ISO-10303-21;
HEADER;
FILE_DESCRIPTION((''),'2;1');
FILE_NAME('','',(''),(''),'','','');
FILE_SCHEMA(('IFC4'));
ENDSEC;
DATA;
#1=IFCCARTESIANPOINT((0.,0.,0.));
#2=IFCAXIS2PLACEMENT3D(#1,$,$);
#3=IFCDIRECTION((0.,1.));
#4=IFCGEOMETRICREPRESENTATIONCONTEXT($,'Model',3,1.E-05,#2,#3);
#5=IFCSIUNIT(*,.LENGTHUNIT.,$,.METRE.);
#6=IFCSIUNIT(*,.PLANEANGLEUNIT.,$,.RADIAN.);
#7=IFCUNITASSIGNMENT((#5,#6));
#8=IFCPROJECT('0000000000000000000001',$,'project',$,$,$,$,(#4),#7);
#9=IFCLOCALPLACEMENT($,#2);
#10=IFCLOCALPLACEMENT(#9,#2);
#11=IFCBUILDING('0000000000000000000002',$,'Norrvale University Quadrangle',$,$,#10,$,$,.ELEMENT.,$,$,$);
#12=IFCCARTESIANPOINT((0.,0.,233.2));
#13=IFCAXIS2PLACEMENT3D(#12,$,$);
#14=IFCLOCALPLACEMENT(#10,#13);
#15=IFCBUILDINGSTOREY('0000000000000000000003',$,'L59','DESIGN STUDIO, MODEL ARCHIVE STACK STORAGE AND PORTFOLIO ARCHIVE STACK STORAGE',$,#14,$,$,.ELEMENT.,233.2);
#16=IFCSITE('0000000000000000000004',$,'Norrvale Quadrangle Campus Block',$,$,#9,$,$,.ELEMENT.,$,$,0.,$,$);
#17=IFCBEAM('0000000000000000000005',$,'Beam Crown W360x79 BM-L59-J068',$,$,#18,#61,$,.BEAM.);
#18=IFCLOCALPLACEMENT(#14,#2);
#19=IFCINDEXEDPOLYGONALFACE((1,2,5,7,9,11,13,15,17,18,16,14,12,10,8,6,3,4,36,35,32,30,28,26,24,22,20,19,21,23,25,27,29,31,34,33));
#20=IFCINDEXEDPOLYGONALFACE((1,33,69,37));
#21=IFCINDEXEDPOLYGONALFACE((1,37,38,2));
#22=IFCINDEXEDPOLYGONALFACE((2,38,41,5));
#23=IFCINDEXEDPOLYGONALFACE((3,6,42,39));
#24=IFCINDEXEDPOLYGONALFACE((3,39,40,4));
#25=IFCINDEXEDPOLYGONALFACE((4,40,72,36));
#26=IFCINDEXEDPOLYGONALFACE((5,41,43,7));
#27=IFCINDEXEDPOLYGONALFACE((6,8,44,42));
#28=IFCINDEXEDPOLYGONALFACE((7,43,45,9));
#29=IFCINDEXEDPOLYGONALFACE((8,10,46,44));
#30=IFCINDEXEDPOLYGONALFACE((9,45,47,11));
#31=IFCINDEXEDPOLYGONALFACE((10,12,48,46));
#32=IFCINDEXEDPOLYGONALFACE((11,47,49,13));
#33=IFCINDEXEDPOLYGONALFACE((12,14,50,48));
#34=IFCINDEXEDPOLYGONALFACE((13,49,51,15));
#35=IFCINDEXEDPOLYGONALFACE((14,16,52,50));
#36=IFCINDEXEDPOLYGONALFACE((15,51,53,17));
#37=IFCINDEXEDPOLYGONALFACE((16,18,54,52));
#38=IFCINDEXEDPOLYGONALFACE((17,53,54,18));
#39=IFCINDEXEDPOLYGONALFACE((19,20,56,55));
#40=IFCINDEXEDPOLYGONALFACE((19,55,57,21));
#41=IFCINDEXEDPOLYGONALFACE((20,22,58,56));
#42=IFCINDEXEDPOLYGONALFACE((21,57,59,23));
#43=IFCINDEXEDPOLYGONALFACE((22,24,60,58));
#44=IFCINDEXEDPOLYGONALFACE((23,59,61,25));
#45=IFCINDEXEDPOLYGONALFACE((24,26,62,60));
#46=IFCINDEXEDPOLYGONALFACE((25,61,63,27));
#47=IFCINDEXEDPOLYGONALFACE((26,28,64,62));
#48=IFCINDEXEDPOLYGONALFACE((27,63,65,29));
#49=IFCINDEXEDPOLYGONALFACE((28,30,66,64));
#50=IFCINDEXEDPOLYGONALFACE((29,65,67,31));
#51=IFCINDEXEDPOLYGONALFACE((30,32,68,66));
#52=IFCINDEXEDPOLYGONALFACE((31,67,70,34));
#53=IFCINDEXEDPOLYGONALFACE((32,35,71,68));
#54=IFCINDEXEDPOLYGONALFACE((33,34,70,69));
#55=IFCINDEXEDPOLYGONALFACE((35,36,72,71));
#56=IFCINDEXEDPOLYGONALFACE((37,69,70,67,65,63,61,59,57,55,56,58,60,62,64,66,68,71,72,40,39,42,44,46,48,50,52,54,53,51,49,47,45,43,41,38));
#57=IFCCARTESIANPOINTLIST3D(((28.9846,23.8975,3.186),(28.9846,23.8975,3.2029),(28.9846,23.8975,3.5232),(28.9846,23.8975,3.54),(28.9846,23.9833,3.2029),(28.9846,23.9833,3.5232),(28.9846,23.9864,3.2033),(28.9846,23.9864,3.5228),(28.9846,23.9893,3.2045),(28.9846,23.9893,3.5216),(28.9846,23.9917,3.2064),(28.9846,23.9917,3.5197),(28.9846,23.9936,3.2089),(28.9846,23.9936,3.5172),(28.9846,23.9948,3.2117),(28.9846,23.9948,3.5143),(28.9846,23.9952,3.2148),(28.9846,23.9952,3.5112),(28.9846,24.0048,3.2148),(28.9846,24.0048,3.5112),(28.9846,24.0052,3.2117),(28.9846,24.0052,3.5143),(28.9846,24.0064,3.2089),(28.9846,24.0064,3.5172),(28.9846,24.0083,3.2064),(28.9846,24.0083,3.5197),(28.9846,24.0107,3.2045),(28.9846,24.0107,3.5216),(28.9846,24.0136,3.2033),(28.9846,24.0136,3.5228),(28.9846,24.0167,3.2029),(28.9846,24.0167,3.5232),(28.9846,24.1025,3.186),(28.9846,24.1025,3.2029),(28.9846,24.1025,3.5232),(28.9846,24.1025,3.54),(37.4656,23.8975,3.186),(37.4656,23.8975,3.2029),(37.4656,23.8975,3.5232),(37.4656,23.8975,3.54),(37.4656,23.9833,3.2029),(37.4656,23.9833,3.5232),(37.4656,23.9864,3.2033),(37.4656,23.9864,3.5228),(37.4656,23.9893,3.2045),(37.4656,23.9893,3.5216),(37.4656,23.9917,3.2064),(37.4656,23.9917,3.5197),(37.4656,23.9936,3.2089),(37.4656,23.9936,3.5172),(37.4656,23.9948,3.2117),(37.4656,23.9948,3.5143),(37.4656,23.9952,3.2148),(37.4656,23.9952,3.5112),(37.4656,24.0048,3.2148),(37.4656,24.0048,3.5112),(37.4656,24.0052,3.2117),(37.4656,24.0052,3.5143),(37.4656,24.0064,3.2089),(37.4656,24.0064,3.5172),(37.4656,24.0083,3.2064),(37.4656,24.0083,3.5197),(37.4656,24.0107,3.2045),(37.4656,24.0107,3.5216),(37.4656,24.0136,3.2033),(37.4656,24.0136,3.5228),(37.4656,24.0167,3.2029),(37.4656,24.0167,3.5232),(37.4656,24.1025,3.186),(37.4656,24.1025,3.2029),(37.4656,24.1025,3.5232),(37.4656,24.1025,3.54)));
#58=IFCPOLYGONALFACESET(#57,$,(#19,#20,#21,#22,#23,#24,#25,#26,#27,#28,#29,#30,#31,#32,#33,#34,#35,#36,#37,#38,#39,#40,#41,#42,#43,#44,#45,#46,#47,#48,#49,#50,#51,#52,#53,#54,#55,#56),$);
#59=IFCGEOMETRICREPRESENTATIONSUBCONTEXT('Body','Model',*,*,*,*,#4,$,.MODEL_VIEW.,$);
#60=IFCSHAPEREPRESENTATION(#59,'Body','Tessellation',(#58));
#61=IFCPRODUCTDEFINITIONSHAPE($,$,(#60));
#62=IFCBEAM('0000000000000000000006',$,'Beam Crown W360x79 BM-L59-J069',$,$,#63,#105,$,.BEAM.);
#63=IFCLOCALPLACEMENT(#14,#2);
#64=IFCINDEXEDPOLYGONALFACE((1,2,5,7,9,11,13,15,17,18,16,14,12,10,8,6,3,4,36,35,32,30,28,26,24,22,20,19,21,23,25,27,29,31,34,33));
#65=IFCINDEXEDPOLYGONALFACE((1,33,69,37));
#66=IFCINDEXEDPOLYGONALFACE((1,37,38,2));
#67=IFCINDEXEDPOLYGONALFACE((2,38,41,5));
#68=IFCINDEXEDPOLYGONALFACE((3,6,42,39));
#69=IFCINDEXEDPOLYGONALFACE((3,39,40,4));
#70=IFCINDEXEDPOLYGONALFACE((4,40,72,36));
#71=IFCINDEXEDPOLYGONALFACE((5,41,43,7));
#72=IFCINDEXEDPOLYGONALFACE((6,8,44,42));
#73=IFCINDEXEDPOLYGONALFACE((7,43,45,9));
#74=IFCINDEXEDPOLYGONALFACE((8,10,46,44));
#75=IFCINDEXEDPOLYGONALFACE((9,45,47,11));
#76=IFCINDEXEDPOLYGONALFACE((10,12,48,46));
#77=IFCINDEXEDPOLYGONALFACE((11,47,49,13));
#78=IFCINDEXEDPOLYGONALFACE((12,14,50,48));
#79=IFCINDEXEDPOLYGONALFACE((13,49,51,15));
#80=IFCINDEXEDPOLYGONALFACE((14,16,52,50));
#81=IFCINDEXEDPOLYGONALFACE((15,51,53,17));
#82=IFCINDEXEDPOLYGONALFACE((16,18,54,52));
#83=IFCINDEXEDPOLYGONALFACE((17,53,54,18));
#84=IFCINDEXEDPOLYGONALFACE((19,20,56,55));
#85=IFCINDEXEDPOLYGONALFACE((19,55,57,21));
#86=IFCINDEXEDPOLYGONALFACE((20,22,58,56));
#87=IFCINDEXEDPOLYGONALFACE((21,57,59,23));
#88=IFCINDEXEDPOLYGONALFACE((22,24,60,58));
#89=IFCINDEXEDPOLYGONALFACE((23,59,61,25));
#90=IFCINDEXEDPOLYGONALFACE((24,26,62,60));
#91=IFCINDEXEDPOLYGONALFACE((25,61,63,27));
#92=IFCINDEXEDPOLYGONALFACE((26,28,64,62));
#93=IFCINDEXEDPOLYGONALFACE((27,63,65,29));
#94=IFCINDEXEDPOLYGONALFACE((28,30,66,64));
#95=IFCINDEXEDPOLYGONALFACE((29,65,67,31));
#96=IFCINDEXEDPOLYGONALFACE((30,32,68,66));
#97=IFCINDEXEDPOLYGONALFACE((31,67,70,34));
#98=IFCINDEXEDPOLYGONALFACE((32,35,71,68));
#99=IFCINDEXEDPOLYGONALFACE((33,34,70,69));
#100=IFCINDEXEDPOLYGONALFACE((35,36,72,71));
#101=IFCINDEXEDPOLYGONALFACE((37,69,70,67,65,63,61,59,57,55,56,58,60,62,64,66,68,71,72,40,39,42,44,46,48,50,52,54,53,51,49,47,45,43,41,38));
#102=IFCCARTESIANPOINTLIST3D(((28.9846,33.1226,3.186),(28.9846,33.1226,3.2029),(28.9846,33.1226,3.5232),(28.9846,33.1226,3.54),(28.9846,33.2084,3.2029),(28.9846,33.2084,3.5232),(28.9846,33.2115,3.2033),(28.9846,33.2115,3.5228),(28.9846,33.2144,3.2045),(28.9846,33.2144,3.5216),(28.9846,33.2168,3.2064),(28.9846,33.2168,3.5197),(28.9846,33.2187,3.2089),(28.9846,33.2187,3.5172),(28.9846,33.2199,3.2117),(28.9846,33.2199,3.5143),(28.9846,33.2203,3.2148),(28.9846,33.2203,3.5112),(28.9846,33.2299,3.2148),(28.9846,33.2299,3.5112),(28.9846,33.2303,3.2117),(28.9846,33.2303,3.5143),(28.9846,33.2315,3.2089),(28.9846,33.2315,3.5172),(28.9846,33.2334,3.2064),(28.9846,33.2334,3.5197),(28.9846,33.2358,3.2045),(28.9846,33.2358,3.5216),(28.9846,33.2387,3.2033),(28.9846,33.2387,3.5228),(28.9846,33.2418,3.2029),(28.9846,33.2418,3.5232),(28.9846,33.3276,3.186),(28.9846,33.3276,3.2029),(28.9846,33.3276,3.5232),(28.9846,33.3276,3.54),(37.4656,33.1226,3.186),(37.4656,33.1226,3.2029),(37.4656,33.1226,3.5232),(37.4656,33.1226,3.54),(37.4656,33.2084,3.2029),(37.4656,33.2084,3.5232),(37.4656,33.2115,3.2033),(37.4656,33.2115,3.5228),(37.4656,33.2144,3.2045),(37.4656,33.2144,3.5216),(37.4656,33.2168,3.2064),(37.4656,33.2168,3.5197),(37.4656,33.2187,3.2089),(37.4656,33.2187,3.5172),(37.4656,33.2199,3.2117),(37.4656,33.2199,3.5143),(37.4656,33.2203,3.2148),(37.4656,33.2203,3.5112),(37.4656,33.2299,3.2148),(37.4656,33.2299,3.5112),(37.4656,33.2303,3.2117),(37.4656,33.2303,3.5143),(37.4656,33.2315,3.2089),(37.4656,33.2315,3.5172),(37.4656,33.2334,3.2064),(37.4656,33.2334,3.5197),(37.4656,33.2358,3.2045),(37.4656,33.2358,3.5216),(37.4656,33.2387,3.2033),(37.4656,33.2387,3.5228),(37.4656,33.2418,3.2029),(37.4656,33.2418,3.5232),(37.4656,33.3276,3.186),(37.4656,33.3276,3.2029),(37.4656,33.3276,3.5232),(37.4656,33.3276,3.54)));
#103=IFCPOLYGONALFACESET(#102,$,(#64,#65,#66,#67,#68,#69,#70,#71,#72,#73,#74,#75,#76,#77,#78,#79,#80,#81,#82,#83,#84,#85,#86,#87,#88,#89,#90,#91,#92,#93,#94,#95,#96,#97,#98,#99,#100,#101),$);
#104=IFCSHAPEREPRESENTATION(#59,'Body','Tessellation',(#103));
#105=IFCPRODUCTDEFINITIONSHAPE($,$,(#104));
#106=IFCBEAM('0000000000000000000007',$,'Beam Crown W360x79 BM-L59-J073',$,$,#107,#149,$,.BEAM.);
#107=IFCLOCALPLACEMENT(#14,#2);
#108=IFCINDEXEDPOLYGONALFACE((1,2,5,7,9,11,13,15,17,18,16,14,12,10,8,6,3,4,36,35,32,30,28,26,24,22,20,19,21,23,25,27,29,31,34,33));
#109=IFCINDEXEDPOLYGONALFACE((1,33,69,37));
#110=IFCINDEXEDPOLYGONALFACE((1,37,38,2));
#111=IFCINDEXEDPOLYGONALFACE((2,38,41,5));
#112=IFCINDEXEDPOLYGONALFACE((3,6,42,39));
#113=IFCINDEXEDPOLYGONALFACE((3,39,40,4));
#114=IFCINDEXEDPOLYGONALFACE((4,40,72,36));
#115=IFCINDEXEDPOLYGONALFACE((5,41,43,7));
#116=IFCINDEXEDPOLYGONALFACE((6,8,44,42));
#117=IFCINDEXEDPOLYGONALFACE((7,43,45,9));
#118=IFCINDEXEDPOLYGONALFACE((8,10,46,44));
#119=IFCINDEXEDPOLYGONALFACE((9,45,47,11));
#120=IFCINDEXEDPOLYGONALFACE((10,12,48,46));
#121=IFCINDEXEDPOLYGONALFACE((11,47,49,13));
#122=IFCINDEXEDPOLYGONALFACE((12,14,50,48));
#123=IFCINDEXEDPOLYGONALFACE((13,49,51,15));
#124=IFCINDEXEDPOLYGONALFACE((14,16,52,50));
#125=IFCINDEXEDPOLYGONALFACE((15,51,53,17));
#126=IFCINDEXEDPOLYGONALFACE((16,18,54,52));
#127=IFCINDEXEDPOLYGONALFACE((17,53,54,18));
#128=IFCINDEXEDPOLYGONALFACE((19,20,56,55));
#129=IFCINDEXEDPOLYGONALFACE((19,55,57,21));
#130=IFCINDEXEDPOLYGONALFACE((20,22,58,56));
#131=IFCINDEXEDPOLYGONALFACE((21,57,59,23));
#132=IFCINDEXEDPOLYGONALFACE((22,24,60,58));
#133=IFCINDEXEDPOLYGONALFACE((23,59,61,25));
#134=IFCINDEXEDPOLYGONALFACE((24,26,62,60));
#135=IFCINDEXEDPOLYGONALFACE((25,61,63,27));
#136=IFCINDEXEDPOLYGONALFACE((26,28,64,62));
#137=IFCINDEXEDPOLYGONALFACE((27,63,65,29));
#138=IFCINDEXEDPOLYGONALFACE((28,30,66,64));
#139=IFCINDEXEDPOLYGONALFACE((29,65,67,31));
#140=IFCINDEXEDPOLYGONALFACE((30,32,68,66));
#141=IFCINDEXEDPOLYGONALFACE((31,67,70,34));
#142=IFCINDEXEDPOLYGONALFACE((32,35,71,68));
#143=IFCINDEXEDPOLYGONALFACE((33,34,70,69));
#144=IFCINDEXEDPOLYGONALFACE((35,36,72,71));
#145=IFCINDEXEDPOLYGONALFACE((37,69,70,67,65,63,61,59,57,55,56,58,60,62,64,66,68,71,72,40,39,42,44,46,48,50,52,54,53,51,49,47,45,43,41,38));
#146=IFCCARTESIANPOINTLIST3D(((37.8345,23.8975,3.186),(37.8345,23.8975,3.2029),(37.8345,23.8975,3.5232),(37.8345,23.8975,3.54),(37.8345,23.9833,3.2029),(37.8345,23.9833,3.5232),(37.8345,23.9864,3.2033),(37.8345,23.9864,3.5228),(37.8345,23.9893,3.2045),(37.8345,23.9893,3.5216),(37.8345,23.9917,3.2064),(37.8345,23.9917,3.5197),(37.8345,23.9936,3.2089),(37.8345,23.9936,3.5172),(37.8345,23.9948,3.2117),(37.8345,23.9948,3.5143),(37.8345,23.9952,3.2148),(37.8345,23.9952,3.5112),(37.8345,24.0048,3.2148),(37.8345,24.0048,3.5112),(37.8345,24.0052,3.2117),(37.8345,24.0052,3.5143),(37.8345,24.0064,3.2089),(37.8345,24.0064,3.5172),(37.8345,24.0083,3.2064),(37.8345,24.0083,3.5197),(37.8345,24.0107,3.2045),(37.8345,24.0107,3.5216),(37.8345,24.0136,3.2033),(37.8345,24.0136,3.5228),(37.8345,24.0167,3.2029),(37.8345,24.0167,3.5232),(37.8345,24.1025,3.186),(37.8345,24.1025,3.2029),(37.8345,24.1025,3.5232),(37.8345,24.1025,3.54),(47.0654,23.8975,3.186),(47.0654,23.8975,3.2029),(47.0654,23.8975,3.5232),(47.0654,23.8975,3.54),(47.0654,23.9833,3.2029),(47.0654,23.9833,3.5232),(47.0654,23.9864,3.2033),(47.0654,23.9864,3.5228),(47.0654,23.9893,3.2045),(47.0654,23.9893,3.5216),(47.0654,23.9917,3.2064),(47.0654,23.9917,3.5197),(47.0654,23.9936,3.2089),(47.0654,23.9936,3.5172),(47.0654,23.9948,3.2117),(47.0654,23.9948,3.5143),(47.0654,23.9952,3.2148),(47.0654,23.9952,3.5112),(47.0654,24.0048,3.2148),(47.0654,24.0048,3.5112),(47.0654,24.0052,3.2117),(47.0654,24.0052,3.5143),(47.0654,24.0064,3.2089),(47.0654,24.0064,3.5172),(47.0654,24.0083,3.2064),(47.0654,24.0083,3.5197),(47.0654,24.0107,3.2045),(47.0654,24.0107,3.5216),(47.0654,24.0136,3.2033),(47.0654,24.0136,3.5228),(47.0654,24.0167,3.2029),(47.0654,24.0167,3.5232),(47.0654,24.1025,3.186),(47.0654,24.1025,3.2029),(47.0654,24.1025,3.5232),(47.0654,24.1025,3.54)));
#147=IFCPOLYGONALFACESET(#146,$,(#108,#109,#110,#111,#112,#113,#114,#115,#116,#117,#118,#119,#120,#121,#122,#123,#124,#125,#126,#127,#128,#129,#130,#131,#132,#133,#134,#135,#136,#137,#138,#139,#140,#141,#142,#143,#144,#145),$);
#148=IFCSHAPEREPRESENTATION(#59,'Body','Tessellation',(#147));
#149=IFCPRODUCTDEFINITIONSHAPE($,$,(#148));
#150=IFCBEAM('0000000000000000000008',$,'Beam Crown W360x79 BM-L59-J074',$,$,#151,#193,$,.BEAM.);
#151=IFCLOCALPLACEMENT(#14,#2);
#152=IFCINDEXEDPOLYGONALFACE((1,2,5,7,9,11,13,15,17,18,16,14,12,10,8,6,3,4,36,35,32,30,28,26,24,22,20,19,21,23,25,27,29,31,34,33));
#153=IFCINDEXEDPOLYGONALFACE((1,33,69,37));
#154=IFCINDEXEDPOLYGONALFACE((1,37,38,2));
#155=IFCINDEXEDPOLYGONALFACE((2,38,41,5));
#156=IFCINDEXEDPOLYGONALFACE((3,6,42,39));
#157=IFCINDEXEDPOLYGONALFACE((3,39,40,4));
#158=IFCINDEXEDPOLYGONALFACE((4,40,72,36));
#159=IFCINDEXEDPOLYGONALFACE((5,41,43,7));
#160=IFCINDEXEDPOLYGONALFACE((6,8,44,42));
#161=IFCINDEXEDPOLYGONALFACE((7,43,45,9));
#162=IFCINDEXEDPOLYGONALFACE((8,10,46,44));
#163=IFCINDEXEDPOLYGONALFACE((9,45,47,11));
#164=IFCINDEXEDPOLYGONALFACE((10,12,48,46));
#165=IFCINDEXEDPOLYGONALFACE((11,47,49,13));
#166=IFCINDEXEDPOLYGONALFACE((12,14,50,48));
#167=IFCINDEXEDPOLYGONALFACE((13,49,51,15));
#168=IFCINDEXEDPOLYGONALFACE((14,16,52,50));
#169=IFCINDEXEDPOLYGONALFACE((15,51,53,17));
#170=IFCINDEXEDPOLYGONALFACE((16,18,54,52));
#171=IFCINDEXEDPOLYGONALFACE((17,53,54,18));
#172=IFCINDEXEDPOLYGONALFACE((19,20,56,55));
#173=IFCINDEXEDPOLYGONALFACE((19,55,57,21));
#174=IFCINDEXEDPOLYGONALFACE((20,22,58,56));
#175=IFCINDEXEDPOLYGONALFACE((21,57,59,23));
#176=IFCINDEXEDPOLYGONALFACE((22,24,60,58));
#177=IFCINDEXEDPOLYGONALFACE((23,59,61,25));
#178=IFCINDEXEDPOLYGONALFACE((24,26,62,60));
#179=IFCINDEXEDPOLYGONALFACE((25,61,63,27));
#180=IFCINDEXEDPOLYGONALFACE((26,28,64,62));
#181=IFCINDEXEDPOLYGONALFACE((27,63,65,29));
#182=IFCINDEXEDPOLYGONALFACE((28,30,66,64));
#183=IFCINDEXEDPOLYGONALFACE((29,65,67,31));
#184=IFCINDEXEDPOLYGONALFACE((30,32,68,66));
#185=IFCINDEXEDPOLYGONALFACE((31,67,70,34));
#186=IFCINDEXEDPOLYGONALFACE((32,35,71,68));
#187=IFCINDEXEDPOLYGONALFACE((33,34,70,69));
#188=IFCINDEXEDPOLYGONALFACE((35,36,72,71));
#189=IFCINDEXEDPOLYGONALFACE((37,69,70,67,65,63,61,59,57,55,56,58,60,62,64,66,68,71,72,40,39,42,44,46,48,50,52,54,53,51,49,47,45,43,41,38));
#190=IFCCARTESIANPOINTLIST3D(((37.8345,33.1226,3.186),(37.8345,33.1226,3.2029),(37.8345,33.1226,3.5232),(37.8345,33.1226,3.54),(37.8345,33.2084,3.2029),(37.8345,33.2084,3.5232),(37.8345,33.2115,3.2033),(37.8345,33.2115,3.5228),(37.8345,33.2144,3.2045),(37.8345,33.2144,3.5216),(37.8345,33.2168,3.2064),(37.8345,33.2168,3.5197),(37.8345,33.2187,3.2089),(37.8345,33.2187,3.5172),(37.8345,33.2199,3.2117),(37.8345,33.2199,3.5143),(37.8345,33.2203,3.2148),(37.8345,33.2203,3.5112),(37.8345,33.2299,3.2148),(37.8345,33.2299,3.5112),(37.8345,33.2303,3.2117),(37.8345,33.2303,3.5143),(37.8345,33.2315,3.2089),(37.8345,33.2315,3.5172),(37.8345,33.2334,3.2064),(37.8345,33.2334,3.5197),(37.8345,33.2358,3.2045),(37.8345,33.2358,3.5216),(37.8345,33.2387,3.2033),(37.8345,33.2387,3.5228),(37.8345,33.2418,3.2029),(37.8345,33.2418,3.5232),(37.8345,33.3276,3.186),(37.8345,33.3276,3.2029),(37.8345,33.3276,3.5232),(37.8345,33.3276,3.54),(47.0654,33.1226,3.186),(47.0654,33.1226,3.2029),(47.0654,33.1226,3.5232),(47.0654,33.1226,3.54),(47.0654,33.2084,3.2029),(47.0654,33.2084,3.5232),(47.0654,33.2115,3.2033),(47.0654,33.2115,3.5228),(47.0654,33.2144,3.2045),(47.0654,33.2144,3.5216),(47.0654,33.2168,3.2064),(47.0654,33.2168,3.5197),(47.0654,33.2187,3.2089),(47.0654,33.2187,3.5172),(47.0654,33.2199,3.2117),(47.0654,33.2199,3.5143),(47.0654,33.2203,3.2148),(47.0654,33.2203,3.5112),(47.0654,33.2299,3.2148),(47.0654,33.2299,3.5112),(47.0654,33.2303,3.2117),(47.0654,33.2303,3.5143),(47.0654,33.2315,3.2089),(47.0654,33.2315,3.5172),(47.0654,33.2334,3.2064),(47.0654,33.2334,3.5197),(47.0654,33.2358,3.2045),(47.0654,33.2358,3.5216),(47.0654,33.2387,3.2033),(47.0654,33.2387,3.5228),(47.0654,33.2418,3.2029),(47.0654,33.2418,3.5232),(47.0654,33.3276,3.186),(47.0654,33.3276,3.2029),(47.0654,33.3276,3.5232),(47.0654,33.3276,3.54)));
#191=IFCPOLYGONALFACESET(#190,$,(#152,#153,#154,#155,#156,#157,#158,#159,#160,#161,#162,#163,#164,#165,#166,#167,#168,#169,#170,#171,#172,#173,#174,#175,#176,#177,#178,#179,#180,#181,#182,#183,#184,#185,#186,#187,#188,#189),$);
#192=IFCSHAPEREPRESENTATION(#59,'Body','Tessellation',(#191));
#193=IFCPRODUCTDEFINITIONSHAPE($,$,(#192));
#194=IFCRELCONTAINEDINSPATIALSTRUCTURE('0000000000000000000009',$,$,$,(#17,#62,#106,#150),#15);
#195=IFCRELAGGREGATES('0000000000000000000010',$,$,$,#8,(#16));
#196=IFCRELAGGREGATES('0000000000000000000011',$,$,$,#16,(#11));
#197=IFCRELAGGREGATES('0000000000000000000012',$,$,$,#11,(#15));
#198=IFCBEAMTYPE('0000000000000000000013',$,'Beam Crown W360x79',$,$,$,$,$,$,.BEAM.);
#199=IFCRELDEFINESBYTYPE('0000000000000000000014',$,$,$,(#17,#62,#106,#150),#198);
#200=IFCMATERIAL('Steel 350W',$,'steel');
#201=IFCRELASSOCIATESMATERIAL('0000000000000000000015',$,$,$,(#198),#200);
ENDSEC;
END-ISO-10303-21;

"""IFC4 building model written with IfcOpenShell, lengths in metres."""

from ifc_helpers import new_model, si_unit, direction, frame, origin, origin_2d, place, context, subcontext, project, spatial, i_section, extrude, material, material_profile, profile_set, type_object, element, save


model = new_model("IFC4")

# Units and contexts
model_context = context("Model", 3, precision=1e-05, world=origin(), true_north=direction((0.0, 1.0)))
body_context = subcontext(model_context, "Body", "Model", "MODEL_VIEW")
ifc_project = project(units=[si_unit("LENGTHUNIT", "METRE"), si_unit("PLANEANGLEUNIT", "RADIAN")], contexts=[model_context])

# Site, building, storey
site_placement = place(None, origin())
site = spatial("IfcSite", under=ifc_project, at=site_placement, Name="Norrvale Quadrangle Campus Block", CompositionType="ELEMENT", RefElevation=0.0)
building_placement = place(site_placement, origin())
building = spatial("IfcBuilding", under=site, at=building_placement, Name="Norrvale University Quadrangle", CompositionType="ELEMENT")
storey_placement = place(building_placement, frame((0.0, 0.0, 233.2)))
storey = spatial("IfcBuildingStorey", under=building, at=storey_placement, Name="L59", Description="DESIGN STUDIO, MODEL ARCHIVE STACK STORAGE AND PORTFOLIO ARCHIVE STACK STORAGE", CompositionType="ELEMENT", Elevation=233.2)

# Beams
ifc_material_1 = material(Name="Steel 350W", Category="steel")
ifc_material_profile_1 = material_profile(ifc_material_1, i_section(OverallWidth=0.2051, OverallDepth=0.354, WebThickness=0.0095, FlangeThickness=0.0168, FilletRadius=0.012, at=origin_2d()), Name="Steel 350W")
ifc_profile_set_1 = profile_set([ifc_material_profile_1], Name="Steel 350W")
beam_type_1 = type_object("IfcBeamType", Name="Beam Crown W360x79", PredefinedType="BEAM", material=ifc_profile_set_1)
for number, where, z_axis, x_axis, name in (
    (1, (28.9846, 24.0, 3.363), (1.0, 0.0, 0.0), (0.0, 1.0, 0.0), "Beam Crown W360x79 BM-L59-J068"),
    (2, (28.9846, 33.2251, 3.363), (1.0, 0.0, 0.0), (0.0, 1.0, 0.0), "Beam Crown W360x79 BM-L59-J069"),
):
    element("IfcBeam", number, at=place(storey_placement, frame(where, z_axis=z_axis, x_axis=x_axis)), inside=storey, type_object=beam_type_1, Name=name, PredefinedType="BEAM", context=body_context, shape_type="SweptSolid", body=[
        extrude(i_section(OverallWidth=0.2051, OverallDepth=0.354, WebThickness=0.0095, FlangeThickness=0.0168, FilletRadius=0.012, at=origin_2d()), origin(), (0.0, 0.0, 1.0), 8.481),
    ])
for number, where, z_axis, x_axis, name in (
    (3, (37.8345, 24.0, 3.363), (1.0, 0.0, 0.0), (0.0, 1.0, 0.0), "Beam Crown W360x79 BM-L59-J073"),
    (4, (37.8345, 33.2251, 3.363), (1.0, 0.0, 0.0), (0.0, 1.0, 0.0), "Beam Crown W360x79 BM-L59-J074"),
):
    element("IfcBeam", number, at=place(storey_placement, frame(where, z_axis=z_axis, x_axis=x_axis)), inside=storey, type_object=beam_type_1, Name=name, PredefinedType="BEAM", context=body_context, shape_type="SweptSolid", body=[
        extrude(i_section(OverallWidth=0.2051, OverallDepth=0.354, WebThickness=0.0095, FlangeThickness=0.0168, FilletRadius=0.012, at=origin_2d()), origin(), (0.0, 0.0, 1.0), 9.231),
    ])

save(model, "model.ifc")
